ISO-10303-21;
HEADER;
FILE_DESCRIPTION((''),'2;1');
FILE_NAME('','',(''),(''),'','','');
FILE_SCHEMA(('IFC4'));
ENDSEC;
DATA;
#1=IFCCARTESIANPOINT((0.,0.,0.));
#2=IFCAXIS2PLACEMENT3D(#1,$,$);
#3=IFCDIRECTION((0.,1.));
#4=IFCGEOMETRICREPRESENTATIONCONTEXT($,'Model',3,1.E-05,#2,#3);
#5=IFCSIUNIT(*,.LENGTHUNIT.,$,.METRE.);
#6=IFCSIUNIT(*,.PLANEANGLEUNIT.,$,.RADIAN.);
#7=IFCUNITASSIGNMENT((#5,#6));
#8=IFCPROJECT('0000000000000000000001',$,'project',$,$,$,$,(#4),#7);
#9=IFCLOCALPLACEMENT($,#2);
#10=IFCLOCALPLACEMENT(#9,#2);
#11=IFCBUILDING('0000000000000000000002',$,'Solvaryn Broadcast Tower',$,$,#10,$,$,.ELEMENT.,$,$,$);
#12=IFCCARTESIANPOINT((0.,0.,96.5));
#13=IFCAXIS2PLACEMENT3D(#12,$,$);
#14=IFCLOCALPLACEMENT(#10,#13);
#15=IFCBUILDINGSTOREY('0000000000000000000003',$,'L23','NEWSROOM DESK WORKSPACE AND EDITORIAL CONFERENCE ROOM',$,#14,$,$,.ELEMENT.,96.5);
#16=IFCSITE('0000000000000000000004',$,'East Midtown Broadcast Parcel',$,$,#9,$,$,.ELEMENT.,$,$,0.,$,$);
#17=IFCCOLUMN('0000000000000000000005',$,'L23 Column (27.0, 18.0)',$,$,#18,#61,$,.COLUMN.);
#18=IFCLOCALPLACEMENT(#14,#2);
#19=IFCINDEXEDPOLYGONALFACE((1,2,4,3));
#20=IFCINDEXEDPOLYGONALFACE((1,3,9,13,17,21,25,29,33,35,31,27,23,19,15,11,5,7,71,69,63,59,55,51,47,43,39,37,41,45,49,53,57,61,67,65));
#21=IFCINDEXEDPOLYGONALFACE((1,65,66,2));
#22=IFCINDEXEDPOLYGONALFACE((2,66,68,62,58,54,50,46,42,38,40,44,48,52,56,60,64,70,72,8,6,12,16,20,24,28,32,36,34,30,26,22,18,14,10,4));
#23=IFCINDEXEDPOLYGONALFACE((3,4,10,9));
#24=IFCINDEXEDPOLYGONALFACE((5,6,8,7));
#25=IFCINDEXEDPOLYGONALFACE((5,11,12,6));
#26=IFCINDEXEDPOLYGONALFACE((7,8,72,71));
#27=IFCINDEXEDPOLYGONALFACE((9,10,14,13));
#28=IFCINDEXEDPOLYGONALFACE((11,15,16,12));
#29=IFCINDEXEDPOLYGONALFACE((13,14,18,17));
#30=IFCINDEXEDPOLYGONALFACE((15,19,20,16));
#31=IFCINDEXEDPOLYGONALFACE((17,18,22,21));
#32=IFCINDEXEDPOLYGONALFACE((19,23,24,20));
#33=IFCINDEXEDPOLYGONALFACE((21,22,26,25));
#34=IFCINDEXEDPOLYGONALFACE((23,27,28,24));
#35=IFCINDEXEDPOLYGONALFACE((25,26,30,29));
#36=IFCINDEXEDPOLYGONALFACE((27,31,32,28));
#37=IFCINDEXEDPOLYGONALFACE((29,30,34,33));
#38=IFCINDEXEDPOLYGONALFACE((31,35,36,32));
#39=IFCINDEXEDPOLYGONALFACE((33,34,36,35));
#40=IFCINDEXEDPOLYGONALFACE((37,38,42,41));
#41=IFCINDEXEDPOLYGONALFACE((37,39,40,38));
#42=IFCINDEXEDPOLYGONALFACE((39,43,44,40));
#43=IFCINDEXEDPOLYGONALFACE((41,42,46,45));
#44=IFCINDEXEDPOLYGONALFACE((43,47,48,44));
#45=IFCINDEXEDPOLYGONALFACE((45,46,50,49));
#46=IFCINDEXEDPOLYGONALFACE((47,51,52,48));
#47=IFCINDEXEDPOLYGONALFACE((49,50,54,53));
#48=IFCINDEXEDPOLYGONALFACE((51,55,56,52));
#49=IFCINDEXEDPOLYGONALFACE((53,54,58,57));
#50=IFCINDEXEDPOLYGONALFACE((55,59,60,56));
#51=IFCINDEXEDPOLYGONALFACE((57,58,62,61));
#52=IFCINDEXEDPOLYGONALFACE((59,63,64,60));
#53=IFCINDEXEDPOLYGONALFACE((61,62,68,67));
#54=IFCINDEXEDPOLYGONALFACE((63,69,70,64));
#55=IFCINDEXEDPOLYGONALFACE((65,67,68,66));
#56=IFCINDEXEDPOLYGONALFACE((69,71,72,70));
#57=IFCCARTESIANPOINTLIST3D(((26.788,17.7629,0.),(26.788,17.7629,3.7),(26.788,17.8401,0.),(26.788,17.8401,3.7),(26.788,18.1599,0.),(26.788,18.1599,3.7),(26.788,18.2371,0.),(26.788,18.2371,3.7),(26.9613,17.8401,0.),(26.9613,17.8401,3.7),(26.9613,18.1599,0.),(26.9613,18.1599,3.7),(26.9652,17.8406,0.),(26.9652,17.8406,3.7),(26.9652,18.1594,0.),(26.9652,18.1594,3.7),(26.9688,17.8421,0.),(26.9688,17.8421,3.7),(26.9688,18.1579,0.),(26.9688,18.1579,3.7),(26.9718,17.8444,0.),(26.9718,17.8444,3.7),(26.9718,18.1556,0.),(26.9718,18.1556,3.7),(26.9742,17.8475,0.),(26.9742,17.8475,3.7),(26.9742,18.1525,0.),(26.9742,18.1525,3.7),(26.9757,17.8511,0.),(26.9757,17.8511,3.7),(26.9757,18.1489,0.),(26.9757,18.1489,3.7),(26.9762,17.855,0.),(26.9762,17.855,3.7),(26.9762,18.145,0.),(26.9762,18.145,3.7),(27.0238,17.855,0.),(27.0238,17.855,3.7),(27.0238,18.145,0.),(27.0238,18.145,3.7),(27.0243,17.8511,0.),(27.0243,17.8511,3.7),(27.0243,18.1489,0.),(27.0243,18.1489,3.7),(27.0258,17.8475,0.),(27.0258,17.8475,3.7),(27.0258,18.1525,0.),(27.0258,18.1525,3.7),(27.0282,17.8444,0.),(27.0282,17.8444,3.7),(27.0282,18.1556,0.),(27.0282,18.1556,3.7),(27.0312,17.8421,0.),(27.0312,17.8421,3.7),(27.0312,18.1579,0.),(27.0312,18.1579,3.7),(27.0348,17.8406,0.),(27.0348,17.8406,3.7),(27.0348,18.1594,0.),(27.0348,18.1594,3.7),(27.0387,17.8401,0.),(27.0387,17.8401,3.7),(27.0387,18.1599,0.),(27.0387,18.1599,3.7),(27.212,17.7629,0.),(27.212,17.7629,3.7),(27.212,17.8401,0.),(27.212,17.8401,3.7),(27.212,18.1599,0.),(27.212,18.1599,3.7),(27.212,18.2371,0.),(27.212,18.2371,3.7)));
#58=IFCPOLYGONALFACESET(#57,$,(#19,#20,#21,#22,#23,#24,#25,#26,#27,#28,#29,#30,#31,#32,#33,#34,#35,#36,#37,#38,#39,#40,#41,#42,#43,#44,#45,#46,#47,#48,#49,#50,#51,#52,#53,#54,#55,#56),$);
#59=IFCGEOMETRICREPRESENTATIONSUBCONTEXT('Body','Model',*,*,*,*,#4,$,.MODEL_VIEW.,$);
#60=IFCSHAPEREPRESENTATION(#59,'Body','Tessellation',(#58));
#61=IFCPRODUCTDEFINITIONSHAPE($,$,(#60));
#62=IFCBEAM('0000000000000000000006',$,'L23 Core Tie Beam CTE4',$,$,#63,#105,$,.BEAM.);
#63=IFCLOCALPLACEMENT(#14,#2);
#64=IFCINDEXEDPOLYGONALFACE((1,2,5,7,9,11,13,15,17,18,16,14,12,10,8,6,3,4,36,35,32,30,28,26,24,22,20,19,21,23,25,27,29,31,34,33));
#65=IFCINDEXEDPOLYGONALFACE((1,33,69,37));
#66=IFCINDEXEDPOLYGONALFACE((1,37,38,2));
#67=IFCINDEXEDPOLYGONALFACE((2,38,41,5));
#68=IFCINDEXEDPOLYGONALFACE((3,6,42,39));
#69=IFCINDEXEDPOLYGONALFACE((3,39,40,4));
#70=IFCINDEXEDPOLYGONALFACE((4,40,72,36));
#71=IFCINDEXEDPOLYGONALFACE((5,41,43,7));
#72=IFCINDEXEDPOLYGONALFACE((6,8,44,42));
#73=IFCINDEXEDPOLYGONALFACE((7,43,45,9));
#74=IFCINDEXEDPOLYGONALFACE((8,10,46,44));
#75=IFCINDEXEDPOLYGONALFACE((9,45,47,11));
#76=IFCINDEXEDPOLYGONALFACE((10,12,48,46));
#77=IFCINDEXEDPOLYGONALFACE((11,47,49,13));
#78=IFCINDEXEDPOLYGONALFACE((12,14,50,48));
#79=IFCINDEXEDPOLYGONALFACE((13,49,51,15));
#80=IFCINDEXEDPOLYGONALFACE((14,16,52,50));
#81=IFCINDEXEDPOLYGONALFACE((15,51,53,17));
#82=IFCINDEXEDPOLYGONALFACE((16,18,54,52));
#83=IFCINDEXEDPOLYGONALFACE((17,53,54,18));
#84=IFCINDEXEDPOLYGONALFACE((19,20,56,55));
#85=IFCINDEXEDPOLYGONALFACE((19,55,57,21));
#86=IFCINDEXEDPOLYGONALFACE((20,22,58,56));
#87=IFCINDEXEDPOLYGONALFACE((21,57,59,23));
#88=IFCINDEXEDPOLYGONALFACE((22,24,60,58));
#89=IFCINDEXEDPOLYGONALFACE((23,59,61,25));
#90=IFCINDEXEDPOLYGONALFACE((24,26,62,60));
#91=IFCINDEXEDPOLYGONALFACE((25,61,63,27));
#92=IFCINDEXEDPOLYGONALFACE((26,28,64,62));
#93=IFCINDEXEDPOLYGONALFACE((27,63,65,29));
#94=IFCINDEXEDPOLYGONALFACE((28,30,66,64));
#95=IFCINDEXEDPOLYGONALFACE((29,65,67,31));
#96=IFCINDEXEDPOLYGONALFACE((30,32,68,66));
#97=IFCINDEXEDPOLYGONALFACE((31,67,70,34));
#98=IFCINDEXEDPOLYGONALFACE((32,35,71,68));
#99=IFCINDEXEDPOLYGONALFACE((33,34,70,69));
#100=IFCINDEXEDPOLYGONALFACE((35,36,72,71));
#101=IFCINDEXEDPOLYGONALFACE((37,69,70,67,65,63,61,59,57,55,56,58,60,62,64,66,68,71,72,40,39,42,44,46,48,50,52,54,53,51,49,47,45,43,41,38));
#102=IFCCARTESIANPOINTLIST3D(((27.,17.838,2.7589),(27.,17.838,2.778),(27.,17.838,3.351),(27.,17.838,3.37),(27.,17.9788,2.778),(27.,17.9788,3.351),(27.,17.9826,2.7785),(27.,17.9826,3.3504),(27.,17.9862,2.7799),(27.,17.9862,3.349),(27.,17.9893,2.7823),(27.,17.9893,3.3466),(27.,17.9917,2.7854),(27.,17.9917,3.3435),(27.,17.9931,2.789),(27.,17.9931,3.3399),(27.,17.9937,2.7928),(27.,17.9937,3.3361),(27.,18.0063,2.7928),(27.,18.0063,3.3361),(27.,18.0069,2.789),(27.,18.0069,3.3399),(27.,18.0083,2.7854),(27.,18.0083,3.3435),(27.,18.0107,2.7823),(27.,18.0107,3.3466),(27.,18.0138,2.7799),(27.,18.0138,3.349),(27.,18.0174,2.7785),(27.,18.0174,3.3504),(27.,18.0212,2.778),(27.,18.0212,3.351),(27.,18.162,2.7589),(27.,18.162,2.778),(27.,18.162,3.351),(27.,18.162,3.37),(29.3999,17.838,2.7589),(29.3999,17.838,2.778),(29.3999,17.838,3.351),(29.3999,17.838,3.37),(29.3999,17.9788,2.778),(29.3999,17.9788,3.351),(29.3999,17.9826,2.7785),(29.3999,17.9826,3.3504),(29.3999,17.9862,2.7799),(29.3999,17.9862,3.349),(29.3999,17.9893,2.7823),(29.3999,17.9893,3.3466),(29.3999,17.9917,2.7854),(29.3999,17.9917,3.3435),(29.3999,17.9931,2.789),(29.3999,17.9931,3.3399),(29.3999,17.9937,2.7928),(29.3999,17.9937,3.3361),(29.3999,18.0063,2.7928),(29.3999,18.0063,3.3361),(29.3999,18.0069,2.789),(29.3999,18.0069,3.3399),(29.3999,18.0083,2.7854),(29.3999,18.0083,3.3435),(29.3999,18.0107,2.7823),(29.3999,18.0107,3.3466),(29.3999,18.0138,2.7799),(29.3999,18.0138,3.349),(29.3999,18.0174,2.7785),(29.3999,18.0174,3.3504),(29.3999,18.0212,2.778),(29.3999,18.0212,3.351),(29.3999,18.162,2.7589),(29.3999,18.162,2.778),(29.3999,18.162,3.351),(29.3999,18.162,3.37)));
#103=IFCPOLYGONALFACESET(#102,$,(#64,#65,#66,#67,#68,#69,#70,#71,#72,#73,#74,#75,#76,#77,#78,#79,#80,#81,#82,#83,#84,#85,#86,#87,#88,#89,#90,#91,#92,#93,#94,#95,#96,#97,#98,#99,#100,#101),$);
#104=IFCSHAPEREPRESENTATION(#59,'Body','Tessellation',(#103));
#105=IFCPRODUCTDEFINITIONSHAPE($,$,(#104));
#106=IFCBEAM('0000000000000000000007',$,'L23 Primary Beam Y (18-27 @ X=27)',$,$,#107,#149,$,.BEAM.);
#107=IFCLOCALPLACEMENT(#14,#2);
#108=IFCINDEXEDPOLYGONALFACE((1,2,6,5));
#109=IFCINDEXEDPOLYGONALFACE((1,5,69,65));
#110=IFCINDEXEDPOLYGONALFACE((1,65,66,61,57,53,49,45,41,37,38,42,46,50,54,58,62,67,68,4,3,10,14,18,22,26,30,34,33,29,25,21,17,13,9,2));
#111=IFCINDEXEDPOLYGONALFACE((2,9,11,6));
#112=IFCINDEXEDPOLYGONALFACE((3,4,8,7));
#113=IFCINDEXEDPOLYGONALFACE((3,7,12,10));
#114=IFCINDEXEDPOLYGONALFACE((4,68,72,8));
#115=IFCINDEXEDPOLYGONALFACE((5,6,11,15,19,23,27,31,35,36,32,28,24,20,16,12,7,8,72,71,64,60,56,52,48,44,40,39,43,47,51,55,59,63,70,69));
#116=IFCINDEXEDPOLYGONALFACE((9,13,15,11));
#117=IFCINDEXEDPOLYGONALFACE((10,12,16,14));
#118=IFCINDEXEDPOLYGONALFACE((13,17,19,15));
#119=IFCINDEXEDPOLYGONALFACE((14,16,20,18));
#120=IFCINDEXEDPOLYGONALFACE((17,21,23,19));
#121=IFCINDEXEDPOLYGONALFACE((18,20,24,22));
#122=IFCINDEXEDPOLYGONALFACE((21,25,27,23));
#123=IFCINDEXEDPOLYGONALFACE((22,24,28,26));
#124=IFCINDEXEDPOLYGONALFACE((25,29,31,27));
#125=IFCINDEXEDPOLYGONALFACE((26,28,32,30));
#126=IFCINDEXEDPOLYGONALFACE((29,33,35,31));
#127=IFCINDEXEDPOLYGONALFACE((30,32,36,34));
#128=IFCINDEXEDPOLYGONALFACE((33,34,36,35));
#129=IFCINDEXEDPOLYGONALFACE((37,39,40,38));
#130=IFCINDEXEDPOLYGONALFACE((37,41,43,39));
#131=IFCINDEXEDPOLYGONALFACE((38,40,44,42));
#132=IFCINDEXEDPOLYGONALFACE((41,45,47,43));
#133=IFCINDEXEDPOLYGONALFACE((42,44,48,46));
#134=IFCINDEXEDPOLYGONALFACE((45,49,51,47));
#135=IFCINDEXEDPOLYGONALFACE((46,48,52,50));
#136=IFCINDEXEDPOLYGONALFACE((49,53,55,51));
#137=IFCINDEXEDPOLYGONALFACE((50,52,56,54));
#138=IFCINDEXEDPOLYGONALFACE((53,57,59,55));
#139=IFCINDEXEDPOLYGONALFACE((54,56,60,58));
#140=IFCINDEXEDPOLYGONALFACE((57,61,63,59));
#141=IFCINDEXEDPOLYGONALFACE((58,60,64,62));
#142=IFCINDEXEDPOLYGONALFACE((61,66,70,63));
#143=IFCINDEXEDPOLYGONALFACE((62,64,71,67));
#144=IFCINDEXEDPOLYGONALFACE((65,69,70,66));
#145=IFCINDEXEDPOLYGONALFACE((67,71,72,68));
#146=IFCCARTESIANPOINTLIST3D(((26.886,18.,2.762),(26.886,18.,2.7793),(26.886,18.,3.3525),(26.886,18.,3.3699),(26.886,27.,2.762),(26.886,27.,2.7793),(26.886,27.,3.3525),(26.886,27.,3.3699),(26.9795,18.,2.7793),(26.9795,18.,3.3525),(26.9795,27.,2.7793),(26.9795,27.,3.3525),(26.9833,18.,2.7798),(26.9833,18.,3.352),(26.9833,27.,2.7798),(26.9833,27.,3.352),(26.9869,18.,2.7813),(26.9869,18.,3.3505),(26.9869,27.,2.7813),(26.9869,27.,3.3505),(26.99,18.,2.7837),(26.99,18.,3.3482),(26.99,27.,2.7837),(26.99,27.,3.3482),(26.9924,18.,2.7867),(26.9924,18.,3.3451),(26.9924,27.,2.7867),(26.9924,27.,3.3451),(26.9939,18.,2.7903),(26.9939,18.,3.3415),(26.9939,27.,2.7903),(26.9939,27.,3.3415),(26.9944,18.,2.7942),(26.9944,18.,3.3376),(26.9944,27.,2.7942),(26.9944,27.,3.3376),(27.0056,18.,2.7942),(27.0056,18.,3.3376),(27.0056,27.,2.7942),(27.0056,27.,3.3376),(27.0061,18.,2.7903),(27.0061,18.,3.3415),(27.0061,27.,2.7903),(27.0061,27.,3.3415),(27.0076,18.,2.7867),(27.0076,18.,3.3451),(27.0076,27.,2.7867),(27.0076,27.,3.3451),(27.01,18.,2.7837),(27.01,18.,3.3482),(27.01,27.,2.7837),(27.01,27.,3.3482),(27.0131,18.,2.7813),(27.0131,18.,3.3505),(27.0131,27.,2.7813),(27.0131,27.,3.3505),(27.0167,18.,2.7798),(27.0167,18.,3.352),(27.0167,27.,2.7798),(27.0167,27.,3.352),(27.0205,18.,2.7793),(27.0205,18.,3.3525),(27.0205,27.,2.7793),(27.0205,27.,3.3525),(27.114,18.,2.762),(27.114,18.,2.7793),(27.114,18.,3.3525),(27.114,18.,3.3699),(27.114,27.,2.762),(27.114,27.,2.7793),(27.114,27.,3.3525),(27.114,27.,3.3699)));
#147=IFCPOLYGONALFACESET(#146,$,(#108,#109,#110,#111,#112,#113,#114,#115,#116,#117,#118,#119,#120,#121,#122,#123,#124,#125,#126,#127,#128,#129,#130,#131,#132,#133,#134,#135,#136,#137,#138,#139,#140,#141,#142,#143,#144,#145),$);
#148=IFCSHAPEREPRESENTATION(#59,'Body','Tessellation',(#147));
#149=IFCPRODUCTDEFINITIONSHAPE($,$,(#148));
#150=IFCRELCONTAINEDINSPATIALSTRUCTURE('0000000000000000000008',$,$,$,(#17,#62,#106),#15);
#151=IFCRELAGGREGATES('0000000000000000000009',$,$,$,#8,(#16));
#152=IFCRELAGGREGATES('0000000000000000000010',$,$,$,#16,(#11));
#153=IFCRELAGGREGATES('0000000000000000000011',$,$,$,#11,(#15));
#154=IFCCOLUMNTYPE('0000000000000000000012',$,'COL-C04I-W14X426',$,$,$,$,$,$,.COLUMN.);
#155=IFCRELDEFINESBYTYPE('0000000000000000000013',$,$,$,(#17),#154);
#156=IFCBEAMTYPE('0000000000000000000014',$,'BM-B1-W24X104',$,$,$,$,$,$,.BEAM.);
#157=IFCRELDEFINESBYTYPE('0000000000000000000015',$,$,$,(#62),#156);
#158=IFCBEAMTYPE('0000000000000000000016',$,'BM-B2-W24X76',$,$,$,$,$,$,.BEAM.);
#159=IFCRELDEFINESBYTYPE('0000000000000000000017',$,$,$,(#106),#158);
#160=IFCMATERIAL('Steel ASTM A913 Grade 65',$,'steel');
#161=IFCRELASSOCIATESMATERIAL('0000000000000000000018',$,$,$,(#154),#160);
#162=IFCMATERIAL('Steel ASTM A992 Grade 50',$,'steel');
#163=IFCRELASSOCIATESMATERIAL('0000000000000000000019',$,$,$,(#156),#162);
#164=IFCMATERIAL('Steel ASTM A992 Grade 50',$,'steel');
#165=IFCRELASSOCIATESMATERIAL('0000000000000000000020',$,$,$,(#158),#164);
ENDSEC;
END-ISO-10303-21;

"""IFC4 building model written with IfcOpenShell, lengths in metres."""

from ifc_helpers import new_model, si_unit, direction, frame, origin, origin_2d, place, context, subcontext, project, spatial, i_section, extrude, material, material_profile, profile_set, type_object, element, save


model = new_model("IFC4")

# Units and contexts
model_context = context("Model", 3, precision=1e-05, world=origin(), true_north=direction((0.0, 1.0)))
body_context = subcontext(model_context, "Body", "Model", "MODEL_VIEW")
ifc_project = project(units=[si_unit("LENGTHUNIT", "METRE"), si_unit("PLANEANGLEUNIT", "RADIAN")], contexts=[model_context])

# Site, building, storey
site_placement = place(None, origin())
site = spatial("IfcSite", under=ifc_project, at=site_placement, Name="East Midtown Broadcast Parcel", CompositionType="ELEMENT", RefElevation=0.0)
building_placement = place(site_placement, origin())
building = spatial("IfcBuilding", under=site, at=building_placement, Name="Solvaryn Broadcast Tower", CompositionType="ELEMENT")
storey_placement = place(building_placement, frame((0.0, 0.0, 96.5)))
storey = spatial("IfcBuildingStorey", under=building, at=storey_placement, Name="L23", Description="NEWSROOM DESK WORKSPACE AND EDITORIAL CONFERENCE ROOM", CompositionType="ELEMENT", Elevation=96.5)

# Column
ifc_material_1 = material(Name="Steel ASTM A913 Grade 65", Category="steel")
ifc_material_profile_1 = material_profile(ifc_material_1, i_section(OverallWidth=0.4241, OverallDepth=0.4741, WebThickness=0.0476, FlangeThickness=0.0771, FilletRadius=0.0149, at=origin_2d()))
ifc_profile_set_1 = profile_set([ifc_material_profile_1], Name="Steel ASTM A913 Grade 65")
column_type = type_object("IfcColumnType", Name="COL-C04I-W14X426", PredefinedType="COLUMN", material=ifc_profile_set_1)
column_placement = place(storey_placement, frame((27.0, 18.0, 0.0), z_axis=(0.0, 0.0, 1.0), x_axis=(1.0, 0.0, 0.0)))
element("IfcColumn", 1, at=column_placement, inside=storey, type_object=column_type, Name="L23 Column (27.0, 18.0)", PredefinedType="COLUMN", context=body_context, shape_type="SweptSolid", body=[
    extrude(i_section(OverallWidth=0.4241, OverallDepth=0.4741, WebThickness=0.0476, FlangeThickness=0.0771, FilletRadius=0.0149, at=origin_2d()), origin(), (0.0, 0.0, 1.0), 3.7),
])

# Beams
ifc_material_2 = material(Name="Steel ASTM A992 Grade 50", Category="steel")
ifc_material_profile_2 = material_profile(ifc_material_2, i_section(OverallWidth=0.324, OverallDepth=0.6111, WebThickness=0.0127, FlangeThickness=0.019, FilletRadius=0.0149, at=origin_2d()))
ifc_profile_set_2 = profile_set([ifc_material_profile_2], Name="Steel ASTM A992 Grade 50")
beam_type_1 = type_object("IfcBeamType", Name="BM-B1-W24X104", PredefinedType="BEAM", material=ifc_profile_set_2)
beam_1_placement = place(storey_placement, frame((27.0, 18.0, 3.0645), z_axis=(1.0, 0.0, 0.0), x_axis=(0.0, 1.0, 0.0)))
element("IfcBeam", 2, at=beam_1_placement, inside=storey, type_object=beam_type_1, Name="L23 Core Tie Beam CTE4", PredefinedType="BEAM", context=body_context, shape_type="SweptSolid", body=[
    extrude(i_section(OverallWidth=0.324, OverallDepth=0.6111, WebThickness=0.0127, FlangeThickness=0.019, FilletRadius=0.0149, at=origin_2d()), origin(), (0.0, 0.0, 1.0), 2.3999),
])
ifc_material_3 = material(Name="Steel ASTM A992 Grade 50", Category="steel")
ifc_material_profile_3 = material_profile(ifc_material_3, i_section(OverallWidth=0.228, OverallDepth=0.6079, WebThickness=0.0112, FlangeThickness=0.0173, FilletRadius=0.0149, at=origin_2d()))
ifc_profile_set_3 = profile_set([ifc_material_profile_3], Name="Steel ASTM A992 Grade 50")
beam_type_2 = type_object("IfcBeamType", Name="BM-B2-W24X76", PredefinedType="BEAM", material=ifc_profile_set_3)
beam_2_placement = place(storey_placement, frame((27.0, 18.0, 3.0659), z_axis=(0.0, 1.0, 0.0), x_axis=(-1.0, 0.0, 0.0)))
element("IfcBeam", 3, at=beam_2_placement, inside=storey, type_object=beam_type_2, Name="L23 Primary Beam Y (18-27 @ X=27)", PredefinedType="BEAM", context=body_context, shape_type="SweptSolid", body=[
    extrude(i_section(OverallWidth=0.228, OverallDepth=0.6079, WebThickness=0.0112, FlangeThickness=0.0173, FilletRadius=0.0149, at=origin_2d()), origin(), (0.0, 0.0, 1.0), 9.0),
])

save(model, "model.ifc")
